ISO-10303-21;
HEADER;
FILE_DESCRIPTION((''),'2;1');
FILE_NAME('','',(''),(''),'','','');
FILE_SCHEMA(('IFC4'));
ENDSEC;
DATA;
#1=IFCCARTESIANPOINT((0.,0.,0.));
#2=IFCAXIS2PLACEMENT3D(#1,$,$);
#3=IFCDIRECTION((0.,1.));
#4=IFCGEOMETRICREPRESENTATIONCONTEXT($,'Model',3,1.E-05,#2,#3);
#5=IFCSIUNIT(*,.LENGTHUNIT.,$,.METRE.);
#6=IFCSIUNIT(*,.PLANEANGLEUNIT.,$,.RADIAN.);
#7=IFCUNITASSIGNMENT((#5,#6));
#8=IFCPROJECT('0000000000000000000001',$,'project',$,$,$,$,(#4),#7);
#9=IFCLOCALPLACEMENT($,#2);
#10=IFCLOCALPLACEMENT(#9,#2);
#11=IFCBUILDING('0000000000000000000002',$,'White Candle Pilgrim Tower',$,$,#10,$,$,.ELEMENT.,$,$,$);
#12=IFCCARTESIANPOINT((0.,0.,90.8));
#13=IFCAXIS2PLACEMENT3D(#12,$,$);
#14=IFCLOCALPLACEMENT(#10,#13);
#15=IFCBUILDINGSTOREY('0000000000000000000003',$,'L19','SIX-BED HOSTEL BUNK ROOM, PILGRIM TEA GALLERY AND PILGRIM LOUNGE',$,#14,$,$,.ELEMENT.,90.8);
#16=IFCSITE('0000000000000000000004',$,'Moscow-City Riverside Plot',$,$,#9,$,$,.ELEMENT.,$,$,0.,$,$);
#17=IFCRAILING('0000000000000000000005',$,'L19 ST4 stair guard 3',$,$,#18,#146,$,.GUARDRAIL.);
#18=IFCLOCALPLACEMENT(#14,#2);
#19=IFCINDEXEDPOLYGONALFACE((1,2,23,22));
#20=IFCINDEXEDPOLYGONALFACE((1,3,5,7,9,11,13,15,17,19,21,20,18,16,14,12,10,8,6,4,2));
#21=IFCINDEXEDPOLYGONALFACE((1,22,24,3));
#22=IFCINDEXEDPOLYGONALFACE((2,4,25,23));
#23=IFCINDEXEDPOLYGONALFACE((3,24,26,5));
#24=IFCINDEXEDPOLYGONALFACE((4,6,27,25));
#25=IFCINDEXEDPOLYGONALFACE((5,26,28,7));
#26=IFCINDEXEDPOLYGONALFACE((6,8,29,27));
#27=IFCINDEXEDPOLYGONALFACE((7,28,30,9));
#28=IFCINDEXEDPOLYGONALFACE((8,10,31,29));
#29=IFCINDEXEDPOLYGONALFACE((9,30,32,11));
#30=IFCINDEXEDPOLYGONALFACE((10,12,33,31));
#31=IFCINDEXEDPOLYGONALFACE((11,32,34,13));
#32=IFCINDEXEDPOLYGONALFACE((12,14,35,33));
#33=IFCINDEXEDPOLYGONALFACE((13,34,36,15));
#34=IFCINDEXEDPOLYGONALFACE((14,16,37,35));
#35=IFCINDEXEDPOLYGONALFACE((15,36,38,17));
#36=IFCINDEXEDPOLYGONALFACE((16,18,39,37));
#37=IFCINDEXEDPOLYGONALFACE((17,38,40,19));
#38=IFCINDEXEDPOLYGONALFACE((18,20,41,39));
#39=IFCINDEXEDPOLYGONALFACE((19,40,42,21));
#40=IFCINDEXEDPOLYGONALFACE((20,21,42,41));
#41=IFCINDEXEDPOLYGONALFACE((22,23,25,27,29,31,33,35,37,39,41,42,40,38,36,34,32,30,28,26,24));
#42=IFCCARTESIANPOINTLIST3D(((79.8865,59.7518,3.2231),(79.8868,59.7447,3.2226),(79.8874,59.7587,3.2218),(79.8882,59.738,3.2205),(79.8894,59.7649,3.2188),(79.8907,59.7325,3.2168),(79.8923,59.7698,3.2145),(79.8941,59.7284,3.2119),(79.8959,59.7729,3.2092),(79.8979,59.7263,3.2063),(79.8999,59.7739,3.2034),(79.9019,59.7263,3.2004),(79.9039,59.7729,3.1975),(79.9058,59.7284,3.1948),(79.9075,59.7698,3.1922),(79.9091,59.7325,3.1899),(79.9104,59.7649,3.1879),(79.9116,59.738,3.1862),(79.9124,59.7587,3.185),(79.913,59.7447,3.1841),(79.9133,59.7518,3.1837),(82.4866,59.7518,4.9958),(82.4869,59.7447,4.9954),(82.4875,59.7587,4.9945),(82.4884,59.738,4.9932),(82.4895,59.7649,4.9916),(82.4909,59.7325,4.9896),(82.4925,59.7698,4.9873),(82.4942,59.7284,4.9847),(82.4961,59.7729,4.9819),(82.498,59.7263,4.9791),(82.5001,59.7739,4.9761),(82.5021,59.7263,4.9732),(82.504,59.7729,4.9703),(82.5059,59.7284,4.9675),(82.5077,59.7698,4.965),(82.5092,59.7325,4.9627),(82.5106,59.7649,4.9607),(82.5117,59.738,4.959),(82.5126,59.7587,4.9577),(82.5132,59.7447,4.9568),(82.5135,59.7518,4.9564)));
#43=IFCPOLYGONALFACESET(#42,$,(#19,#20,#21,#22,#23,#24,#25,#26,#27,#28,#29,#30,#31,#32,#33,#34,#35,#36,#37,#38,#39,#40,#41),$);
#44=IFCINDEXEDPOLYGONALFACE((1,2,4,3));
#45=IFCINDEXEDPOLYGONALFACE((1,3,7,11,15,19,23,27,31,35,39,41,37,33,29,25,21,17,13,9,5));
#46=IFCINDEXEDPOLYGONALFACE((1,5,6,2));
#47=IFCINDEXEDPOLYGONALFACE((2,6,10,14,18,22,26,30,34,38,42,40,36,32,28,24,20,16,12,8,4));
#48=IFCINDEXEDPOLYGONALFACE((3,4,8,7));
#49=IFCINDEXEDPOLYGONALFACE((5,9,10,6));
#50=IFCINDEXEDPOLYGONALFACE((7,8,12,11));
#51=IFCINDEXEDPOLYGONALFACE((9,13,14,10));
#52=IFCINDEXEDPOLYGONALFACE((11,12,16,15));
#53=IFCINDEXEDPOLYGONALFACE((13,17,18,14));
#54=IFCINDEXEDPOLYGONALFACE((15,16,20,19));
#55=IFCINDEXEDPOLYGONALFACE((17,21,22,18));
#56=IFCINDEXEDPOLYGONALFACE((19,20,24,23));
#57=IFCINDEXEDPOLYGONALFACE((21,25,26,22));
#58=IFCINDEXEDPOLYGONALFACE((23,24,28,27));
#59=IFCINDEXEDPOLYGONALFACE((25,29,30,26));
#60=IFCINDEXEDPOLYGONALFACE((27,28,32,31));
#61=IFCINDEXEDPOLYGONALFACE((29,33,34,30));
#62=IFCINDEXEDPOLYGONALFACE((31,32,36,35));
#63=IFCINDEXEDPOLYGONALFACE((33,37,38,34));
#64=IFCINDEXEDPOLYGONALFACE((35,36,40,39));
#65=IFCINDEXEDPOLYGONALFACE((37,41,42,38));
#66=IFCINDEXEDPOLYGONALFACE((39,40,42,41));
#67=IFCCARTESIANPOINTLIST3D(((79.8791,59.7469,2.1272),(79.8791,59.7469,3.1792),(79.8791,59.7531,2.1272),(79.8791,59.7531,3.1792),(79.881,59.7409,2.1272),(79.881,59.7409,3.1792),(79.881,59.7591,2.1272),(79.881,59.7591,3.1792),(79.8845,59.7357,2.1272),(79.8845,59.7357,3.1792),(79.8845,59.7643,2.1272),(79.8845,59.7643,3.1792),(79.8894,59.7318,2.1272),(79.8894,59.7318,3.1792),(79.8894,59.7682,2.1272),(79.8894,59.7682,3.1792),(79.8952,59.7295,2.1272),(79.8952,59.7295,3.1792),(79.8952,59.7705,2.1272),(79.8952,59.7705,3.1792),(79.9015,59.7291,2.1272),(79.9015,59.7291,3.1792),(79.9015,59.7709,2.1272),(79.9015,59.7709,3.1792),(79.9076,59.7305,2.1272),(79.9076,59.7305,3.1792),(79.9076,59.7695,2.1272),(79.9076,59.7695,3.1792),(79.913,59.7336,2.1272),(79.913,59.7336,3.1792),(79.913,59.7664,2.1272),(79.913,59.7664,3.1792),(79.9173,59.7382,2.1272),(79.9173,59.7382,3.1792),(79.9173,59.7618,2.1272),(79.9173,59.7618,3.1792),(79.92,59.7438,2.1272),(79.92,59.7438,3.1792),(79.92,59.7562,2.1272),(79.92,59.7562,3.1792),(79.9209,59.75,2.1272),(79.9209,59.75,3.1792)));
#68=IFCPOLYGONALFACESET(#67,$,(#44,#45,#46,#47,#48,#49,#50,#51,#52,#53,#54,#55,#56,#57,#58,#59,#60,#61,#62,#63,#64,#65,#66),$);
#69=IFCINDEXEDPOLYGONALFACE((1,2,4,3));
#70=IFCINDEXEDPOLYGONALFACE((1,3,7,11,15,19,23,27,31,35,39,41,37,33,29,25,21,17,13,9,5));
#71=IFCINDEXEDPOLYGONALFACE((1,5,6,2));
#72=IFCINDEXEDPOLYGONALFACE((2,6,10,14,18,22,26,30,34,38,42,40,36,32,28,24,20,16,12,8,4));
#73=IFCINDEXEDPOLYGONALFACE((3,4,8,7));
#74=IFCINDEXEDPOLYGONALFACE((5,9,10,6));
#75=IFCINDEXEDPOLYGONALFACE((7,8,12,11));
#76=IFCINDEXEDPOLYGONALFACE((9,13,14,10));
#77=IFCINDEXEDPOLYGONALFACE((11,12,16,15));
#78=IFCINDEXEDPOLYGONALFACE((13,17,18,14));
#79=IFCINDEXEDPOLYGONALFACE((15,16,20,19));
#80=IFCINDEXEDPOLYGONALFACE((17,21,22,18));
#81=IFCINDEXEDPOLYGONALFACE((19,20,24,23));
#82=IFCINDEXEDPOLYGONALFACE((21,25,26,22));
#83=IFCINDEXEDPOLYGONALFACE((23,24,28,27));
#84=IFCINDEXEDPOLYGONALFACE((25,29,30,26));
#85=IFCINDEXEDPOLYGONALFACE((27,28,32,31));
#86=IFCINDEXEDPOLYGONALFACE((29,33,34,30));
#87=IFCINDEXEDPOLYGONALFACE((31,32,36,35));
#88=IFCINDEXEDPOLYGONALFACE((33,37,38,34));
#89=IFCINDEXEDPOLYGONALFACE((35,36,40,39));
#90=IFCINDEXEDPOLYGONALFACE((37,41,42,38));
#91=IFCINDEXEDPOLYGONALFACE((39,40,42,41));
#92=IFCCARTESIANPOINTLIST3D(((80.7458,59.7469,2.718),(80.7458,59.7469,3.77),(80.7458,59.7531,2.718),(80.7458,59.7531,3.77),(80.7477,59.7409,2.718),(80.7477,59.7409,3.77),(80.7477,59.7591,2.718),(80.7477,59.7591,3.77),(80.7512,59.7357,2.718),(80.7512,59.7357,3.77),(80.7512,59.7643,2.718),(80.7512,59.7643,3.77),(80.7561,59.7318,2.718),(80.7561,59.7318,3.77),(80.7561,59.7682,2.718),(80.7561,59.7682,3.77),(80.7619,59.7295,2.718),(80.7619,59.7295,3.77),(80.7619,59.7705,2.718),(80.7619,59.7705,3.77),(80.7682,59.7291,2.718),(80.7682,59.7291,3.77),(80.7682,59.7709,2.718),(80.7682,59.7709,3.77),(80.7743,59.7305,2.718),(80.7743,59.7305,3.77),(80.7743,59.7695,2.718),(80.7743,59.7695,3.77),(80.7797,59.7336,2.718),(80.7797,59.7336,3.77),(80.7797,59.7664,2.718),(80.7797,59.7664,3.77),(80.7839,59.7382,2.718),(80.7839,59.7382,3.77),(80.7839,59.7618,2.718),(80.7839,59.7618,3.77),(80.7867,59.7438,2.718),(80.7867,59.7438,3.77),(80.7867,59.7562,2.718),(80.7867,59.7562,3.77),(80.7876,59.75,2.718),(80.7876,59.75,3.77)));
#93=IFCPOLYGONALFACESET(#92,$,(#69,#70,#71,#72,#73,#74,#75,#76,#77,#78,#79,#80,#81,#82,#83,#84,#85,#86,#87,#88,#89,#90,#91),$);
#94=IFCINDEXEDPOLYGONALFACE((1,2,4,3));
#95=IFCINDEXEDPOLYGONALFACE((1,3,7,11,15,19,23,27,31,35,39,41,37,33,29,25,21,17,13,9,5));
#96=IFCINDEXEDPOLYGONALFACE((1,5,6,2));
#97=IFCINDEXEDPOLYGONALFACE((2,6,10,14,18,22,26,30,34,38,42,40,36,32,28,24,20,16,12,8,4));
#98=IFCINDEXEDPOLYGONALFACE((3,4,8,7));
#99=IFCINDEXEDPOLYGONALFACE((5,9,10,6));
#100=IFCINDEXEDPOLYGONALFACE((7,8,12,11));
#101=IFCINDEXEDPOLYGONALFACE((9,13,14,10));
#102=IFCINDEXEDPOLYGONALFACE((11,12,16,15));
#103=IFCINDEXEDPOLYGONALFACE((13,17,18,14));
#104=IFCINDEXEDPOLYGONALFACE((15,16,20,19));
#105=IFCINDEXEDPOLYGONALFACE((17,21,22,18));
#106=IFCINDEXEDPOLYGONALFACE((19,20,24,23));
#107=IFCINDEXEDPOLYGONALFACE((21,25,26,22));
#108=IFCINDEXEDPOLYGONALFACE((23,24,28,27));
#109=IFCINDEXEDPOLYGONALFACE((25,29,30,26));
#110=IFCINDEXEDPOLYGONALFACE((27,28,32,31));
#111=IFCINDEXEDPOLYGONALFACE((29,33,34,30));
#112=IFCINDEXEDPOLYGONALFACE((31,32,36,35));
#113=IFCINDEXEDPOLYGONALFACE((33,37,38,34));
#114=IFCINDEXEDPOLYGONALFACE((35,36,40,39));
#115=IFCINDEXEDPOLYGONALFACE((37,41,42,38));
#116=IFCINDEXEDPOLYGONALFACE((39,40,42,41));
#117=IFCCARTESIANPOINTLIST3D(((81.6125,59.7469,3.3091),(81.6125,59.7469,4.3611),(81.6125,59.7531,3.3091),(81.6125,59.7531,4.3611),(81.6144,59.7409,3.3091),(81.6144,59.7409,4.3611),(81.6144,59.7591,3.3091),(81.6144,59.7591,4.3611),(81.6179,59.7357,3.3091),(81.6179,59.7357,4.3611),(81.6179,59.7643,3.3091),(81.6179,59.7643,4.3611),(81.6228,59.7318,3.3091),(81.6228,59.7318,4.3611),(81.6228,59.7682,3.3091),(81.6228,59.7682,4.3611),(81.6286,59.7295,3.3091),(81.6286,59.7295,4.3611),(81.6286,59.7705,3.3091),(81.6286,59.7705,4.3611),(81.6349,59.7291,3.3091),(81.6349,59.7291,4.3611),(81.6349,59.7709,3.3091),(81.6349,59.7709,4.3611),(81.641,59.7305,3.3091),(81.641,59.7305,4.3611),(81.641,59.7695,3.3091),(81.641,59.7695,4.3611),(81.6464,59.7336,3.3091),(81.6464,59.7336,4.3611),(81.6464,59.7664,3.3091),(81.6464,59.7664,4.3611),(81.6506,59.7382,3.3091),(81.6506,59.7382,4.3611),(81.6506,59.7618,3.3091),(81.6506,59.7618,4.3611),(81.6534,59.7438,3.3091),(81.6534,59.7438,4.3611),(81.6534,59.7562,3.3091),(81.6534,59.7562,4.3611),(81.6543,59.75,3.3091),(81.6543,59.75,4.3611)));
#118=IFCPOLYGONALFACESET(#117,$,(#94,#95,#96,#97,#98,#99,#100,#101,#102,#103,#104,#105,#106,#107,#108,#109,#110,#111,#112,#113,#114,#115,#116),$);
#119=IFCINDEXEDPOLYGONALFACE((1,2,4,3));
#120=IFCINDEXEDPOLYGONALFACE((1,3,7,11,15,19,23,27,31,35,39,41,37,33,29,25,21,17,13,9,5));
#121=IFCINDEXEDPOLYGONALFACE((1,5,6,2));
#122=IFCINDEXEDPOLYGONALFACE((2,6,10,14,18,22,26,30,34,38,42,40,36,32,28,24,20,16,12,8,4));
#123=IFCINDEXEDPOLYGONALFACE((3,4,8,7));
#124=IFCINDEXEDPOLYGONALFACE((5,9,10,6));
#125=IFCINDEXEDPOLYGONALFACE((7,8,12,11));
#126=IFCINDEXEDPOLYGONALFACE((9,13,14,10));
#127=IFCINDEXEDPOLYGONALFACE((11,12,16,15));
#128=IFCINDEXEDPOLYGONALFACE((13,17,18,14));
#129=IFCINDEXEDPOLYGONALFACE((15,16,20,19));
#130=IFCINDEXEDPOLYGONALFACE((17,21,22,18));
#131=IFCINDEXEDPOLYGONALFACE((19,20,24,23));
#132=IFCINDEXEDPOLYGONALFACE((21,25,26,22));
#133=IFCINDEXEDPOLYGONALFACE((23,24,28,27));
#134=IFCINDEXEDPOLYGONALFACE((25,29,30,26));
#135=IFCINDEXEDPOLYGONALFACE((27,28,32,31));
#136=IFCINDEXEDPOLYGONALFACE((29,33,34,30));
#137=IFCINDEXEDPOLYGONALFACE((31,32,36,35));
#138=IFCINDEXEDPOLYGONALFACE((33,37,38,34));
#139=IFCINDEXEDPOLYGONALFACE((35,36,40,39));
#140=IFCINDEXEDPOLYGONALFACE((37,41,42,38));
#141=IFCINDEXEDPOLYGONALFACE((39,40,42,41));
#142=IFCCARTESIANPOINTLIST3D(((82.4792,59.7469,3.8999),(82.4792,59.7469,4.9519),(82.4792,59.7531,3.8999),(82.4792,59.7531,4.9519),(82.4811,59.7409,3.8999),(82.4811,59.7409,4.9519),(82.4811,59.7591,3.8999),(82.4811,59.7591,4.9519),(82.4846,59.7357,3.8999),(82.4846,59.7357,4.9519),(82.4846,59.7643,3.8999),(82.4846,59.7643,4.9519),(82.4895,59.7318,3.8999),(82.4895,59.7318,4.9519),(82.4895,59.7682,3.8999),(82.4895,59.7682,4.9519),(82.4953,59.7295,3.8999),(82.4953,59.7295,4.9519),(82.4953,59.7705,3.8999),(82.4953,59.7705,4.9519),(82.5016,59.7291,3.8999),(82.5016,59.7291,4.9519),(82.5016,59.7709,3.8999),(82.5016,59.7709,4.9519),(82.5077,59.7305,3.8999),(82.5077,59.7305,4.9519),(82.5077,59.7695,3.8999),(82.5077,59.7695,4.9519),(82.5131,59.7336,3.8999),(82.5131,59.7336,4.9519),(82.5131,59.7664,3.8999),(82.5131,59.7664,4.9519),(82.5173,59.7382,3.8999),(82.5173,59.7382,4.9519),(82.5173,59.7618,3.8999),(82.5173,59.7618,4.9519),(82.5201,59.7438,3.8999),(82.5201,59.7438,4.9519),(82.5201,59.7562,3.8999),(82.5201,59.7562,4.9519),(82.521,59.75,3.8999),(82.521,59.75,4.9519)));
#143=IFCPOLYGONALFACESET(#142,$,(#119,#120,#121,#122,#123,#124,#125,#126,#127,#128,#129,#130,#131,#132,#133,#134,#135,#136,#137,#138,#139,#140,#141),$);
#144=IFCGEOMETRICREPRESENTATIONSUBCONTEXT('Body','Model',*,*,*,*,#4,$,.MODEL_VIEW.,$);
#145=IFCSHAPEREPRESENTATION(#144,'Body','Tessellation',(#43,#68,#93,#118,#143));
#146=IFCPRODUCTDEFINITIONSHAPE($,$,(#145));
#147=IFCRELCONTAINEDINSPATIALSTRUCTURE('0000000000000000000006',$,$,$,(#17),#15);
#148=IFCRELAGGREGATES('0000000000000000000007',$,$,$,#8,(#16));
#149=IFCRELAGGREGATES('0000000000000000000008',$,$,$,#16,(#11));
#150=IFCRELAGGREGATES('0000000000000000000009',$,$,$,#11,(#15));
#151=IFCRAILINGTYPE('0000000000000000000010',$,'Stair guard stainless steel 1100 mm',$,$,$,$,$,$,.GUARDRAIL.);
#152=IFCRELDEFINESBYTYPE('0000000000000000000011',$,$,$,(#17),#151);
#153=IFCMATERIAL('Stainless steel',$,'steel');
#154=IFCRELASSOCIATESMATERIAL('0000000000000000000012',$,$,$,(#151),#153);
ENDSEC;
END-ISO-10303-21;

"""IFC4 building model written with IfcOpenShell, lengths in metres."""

from ifc_helpers import new_model, si_unit, direction, frame, origin, origin_2d, place, context, subcontext, project, spatial, circle, extrude, material, type_object, element, save


model = new_model("IFC4")

# Units and contexts
model_context = context("Model", 3, precision=1e-05, world=origin(), true_north=direction((0.0, 1.0)))
body_context = subcontext(model_context, "Body", "Model", "MODEL_VIEW")
ifc_project = project(units=[si_unit("LENGTHUNIT", "METRE"), si_unit("PLANEANGLEUNIT", "RADIAN")], contexts=[model_context])

# Site, building, storey
site_placement = place(None, origin())
site = spatial("IfcSite", under=ifc_project, at=site_placement, Name="Moscow-City Riverside Plot", CompositionType="ELEMENT", RefElevation=0.0)
building_placement = place(site_placement, origin())
building = spatial("IfcBuilding", under=site, at=building_placement, Name="White Candle Pilgrim Tower", CompositionType="ELEMENT")
storey_placement = place(building_placement, frame((0.0, 0.0, 90.8)))
storey = spatial("IfcBuildingStorey", under=building, at=storey_placement, Name="L19", Description="SIX-BED HOSTEL BUNK ROOM, PILGRIM TEA GALLERY AND PILGRIM LOUNGE", CompositionType="ELEMENT", Elevation=90.8)

# Railing
ifc_material_1 = material(Name="Stainless steel", Category="steel")
railing_type_1 = type_object("IfcRailingType", Name="Stair guard stainless steel 1100 mm", PredefinedType="GUARDRAIL", material=ifc_material_1)
railing_1_placement = place(storey_placement, frame((79.8999, 59.75, 2.1272)))
element("IfcRailing", 1, at=railing_1_placement, inside=storey, type_object=railing_type_1, Name="L19 ST4 stair guard 3", PredefinedType="GUARDRAIL", context=body_context, shape_type="SweptSolid", body=[
    extrude(circle(Radius=0.0239, at=origin_2d()), frame((0.0, 0.0, 1.0762), z_axis=(0.82624, 0.0, 0.563318), x_axis=(0.0, 1.0, 0.0)), (0.0, 0.0, 1.0), 3.147),
    extrude(circle(Radius=0.021, at=origin_2d()), origin(), (0.0, 0.0, 1.0), 1.052),
    extrude(circle(Radius=0.021, at=origin_2d()), frame((0.8667, 0.0, 0.5908)), (0.0, 0.0, 1.0), 1.052),
    extrude(circle(Radius=0.021, at=origin_2d()), frame((1.7334, 0.0, 1.1819)), (0.0, 0.0, 1.0), 1.052),
    extrude(circle(Radius=0.021, at=origin_2d()), frame((2.6001, 0.0, 1.7727)), (0.0, 0.0, 1.0), 1.052),
])

save(model, "model.ifc")
